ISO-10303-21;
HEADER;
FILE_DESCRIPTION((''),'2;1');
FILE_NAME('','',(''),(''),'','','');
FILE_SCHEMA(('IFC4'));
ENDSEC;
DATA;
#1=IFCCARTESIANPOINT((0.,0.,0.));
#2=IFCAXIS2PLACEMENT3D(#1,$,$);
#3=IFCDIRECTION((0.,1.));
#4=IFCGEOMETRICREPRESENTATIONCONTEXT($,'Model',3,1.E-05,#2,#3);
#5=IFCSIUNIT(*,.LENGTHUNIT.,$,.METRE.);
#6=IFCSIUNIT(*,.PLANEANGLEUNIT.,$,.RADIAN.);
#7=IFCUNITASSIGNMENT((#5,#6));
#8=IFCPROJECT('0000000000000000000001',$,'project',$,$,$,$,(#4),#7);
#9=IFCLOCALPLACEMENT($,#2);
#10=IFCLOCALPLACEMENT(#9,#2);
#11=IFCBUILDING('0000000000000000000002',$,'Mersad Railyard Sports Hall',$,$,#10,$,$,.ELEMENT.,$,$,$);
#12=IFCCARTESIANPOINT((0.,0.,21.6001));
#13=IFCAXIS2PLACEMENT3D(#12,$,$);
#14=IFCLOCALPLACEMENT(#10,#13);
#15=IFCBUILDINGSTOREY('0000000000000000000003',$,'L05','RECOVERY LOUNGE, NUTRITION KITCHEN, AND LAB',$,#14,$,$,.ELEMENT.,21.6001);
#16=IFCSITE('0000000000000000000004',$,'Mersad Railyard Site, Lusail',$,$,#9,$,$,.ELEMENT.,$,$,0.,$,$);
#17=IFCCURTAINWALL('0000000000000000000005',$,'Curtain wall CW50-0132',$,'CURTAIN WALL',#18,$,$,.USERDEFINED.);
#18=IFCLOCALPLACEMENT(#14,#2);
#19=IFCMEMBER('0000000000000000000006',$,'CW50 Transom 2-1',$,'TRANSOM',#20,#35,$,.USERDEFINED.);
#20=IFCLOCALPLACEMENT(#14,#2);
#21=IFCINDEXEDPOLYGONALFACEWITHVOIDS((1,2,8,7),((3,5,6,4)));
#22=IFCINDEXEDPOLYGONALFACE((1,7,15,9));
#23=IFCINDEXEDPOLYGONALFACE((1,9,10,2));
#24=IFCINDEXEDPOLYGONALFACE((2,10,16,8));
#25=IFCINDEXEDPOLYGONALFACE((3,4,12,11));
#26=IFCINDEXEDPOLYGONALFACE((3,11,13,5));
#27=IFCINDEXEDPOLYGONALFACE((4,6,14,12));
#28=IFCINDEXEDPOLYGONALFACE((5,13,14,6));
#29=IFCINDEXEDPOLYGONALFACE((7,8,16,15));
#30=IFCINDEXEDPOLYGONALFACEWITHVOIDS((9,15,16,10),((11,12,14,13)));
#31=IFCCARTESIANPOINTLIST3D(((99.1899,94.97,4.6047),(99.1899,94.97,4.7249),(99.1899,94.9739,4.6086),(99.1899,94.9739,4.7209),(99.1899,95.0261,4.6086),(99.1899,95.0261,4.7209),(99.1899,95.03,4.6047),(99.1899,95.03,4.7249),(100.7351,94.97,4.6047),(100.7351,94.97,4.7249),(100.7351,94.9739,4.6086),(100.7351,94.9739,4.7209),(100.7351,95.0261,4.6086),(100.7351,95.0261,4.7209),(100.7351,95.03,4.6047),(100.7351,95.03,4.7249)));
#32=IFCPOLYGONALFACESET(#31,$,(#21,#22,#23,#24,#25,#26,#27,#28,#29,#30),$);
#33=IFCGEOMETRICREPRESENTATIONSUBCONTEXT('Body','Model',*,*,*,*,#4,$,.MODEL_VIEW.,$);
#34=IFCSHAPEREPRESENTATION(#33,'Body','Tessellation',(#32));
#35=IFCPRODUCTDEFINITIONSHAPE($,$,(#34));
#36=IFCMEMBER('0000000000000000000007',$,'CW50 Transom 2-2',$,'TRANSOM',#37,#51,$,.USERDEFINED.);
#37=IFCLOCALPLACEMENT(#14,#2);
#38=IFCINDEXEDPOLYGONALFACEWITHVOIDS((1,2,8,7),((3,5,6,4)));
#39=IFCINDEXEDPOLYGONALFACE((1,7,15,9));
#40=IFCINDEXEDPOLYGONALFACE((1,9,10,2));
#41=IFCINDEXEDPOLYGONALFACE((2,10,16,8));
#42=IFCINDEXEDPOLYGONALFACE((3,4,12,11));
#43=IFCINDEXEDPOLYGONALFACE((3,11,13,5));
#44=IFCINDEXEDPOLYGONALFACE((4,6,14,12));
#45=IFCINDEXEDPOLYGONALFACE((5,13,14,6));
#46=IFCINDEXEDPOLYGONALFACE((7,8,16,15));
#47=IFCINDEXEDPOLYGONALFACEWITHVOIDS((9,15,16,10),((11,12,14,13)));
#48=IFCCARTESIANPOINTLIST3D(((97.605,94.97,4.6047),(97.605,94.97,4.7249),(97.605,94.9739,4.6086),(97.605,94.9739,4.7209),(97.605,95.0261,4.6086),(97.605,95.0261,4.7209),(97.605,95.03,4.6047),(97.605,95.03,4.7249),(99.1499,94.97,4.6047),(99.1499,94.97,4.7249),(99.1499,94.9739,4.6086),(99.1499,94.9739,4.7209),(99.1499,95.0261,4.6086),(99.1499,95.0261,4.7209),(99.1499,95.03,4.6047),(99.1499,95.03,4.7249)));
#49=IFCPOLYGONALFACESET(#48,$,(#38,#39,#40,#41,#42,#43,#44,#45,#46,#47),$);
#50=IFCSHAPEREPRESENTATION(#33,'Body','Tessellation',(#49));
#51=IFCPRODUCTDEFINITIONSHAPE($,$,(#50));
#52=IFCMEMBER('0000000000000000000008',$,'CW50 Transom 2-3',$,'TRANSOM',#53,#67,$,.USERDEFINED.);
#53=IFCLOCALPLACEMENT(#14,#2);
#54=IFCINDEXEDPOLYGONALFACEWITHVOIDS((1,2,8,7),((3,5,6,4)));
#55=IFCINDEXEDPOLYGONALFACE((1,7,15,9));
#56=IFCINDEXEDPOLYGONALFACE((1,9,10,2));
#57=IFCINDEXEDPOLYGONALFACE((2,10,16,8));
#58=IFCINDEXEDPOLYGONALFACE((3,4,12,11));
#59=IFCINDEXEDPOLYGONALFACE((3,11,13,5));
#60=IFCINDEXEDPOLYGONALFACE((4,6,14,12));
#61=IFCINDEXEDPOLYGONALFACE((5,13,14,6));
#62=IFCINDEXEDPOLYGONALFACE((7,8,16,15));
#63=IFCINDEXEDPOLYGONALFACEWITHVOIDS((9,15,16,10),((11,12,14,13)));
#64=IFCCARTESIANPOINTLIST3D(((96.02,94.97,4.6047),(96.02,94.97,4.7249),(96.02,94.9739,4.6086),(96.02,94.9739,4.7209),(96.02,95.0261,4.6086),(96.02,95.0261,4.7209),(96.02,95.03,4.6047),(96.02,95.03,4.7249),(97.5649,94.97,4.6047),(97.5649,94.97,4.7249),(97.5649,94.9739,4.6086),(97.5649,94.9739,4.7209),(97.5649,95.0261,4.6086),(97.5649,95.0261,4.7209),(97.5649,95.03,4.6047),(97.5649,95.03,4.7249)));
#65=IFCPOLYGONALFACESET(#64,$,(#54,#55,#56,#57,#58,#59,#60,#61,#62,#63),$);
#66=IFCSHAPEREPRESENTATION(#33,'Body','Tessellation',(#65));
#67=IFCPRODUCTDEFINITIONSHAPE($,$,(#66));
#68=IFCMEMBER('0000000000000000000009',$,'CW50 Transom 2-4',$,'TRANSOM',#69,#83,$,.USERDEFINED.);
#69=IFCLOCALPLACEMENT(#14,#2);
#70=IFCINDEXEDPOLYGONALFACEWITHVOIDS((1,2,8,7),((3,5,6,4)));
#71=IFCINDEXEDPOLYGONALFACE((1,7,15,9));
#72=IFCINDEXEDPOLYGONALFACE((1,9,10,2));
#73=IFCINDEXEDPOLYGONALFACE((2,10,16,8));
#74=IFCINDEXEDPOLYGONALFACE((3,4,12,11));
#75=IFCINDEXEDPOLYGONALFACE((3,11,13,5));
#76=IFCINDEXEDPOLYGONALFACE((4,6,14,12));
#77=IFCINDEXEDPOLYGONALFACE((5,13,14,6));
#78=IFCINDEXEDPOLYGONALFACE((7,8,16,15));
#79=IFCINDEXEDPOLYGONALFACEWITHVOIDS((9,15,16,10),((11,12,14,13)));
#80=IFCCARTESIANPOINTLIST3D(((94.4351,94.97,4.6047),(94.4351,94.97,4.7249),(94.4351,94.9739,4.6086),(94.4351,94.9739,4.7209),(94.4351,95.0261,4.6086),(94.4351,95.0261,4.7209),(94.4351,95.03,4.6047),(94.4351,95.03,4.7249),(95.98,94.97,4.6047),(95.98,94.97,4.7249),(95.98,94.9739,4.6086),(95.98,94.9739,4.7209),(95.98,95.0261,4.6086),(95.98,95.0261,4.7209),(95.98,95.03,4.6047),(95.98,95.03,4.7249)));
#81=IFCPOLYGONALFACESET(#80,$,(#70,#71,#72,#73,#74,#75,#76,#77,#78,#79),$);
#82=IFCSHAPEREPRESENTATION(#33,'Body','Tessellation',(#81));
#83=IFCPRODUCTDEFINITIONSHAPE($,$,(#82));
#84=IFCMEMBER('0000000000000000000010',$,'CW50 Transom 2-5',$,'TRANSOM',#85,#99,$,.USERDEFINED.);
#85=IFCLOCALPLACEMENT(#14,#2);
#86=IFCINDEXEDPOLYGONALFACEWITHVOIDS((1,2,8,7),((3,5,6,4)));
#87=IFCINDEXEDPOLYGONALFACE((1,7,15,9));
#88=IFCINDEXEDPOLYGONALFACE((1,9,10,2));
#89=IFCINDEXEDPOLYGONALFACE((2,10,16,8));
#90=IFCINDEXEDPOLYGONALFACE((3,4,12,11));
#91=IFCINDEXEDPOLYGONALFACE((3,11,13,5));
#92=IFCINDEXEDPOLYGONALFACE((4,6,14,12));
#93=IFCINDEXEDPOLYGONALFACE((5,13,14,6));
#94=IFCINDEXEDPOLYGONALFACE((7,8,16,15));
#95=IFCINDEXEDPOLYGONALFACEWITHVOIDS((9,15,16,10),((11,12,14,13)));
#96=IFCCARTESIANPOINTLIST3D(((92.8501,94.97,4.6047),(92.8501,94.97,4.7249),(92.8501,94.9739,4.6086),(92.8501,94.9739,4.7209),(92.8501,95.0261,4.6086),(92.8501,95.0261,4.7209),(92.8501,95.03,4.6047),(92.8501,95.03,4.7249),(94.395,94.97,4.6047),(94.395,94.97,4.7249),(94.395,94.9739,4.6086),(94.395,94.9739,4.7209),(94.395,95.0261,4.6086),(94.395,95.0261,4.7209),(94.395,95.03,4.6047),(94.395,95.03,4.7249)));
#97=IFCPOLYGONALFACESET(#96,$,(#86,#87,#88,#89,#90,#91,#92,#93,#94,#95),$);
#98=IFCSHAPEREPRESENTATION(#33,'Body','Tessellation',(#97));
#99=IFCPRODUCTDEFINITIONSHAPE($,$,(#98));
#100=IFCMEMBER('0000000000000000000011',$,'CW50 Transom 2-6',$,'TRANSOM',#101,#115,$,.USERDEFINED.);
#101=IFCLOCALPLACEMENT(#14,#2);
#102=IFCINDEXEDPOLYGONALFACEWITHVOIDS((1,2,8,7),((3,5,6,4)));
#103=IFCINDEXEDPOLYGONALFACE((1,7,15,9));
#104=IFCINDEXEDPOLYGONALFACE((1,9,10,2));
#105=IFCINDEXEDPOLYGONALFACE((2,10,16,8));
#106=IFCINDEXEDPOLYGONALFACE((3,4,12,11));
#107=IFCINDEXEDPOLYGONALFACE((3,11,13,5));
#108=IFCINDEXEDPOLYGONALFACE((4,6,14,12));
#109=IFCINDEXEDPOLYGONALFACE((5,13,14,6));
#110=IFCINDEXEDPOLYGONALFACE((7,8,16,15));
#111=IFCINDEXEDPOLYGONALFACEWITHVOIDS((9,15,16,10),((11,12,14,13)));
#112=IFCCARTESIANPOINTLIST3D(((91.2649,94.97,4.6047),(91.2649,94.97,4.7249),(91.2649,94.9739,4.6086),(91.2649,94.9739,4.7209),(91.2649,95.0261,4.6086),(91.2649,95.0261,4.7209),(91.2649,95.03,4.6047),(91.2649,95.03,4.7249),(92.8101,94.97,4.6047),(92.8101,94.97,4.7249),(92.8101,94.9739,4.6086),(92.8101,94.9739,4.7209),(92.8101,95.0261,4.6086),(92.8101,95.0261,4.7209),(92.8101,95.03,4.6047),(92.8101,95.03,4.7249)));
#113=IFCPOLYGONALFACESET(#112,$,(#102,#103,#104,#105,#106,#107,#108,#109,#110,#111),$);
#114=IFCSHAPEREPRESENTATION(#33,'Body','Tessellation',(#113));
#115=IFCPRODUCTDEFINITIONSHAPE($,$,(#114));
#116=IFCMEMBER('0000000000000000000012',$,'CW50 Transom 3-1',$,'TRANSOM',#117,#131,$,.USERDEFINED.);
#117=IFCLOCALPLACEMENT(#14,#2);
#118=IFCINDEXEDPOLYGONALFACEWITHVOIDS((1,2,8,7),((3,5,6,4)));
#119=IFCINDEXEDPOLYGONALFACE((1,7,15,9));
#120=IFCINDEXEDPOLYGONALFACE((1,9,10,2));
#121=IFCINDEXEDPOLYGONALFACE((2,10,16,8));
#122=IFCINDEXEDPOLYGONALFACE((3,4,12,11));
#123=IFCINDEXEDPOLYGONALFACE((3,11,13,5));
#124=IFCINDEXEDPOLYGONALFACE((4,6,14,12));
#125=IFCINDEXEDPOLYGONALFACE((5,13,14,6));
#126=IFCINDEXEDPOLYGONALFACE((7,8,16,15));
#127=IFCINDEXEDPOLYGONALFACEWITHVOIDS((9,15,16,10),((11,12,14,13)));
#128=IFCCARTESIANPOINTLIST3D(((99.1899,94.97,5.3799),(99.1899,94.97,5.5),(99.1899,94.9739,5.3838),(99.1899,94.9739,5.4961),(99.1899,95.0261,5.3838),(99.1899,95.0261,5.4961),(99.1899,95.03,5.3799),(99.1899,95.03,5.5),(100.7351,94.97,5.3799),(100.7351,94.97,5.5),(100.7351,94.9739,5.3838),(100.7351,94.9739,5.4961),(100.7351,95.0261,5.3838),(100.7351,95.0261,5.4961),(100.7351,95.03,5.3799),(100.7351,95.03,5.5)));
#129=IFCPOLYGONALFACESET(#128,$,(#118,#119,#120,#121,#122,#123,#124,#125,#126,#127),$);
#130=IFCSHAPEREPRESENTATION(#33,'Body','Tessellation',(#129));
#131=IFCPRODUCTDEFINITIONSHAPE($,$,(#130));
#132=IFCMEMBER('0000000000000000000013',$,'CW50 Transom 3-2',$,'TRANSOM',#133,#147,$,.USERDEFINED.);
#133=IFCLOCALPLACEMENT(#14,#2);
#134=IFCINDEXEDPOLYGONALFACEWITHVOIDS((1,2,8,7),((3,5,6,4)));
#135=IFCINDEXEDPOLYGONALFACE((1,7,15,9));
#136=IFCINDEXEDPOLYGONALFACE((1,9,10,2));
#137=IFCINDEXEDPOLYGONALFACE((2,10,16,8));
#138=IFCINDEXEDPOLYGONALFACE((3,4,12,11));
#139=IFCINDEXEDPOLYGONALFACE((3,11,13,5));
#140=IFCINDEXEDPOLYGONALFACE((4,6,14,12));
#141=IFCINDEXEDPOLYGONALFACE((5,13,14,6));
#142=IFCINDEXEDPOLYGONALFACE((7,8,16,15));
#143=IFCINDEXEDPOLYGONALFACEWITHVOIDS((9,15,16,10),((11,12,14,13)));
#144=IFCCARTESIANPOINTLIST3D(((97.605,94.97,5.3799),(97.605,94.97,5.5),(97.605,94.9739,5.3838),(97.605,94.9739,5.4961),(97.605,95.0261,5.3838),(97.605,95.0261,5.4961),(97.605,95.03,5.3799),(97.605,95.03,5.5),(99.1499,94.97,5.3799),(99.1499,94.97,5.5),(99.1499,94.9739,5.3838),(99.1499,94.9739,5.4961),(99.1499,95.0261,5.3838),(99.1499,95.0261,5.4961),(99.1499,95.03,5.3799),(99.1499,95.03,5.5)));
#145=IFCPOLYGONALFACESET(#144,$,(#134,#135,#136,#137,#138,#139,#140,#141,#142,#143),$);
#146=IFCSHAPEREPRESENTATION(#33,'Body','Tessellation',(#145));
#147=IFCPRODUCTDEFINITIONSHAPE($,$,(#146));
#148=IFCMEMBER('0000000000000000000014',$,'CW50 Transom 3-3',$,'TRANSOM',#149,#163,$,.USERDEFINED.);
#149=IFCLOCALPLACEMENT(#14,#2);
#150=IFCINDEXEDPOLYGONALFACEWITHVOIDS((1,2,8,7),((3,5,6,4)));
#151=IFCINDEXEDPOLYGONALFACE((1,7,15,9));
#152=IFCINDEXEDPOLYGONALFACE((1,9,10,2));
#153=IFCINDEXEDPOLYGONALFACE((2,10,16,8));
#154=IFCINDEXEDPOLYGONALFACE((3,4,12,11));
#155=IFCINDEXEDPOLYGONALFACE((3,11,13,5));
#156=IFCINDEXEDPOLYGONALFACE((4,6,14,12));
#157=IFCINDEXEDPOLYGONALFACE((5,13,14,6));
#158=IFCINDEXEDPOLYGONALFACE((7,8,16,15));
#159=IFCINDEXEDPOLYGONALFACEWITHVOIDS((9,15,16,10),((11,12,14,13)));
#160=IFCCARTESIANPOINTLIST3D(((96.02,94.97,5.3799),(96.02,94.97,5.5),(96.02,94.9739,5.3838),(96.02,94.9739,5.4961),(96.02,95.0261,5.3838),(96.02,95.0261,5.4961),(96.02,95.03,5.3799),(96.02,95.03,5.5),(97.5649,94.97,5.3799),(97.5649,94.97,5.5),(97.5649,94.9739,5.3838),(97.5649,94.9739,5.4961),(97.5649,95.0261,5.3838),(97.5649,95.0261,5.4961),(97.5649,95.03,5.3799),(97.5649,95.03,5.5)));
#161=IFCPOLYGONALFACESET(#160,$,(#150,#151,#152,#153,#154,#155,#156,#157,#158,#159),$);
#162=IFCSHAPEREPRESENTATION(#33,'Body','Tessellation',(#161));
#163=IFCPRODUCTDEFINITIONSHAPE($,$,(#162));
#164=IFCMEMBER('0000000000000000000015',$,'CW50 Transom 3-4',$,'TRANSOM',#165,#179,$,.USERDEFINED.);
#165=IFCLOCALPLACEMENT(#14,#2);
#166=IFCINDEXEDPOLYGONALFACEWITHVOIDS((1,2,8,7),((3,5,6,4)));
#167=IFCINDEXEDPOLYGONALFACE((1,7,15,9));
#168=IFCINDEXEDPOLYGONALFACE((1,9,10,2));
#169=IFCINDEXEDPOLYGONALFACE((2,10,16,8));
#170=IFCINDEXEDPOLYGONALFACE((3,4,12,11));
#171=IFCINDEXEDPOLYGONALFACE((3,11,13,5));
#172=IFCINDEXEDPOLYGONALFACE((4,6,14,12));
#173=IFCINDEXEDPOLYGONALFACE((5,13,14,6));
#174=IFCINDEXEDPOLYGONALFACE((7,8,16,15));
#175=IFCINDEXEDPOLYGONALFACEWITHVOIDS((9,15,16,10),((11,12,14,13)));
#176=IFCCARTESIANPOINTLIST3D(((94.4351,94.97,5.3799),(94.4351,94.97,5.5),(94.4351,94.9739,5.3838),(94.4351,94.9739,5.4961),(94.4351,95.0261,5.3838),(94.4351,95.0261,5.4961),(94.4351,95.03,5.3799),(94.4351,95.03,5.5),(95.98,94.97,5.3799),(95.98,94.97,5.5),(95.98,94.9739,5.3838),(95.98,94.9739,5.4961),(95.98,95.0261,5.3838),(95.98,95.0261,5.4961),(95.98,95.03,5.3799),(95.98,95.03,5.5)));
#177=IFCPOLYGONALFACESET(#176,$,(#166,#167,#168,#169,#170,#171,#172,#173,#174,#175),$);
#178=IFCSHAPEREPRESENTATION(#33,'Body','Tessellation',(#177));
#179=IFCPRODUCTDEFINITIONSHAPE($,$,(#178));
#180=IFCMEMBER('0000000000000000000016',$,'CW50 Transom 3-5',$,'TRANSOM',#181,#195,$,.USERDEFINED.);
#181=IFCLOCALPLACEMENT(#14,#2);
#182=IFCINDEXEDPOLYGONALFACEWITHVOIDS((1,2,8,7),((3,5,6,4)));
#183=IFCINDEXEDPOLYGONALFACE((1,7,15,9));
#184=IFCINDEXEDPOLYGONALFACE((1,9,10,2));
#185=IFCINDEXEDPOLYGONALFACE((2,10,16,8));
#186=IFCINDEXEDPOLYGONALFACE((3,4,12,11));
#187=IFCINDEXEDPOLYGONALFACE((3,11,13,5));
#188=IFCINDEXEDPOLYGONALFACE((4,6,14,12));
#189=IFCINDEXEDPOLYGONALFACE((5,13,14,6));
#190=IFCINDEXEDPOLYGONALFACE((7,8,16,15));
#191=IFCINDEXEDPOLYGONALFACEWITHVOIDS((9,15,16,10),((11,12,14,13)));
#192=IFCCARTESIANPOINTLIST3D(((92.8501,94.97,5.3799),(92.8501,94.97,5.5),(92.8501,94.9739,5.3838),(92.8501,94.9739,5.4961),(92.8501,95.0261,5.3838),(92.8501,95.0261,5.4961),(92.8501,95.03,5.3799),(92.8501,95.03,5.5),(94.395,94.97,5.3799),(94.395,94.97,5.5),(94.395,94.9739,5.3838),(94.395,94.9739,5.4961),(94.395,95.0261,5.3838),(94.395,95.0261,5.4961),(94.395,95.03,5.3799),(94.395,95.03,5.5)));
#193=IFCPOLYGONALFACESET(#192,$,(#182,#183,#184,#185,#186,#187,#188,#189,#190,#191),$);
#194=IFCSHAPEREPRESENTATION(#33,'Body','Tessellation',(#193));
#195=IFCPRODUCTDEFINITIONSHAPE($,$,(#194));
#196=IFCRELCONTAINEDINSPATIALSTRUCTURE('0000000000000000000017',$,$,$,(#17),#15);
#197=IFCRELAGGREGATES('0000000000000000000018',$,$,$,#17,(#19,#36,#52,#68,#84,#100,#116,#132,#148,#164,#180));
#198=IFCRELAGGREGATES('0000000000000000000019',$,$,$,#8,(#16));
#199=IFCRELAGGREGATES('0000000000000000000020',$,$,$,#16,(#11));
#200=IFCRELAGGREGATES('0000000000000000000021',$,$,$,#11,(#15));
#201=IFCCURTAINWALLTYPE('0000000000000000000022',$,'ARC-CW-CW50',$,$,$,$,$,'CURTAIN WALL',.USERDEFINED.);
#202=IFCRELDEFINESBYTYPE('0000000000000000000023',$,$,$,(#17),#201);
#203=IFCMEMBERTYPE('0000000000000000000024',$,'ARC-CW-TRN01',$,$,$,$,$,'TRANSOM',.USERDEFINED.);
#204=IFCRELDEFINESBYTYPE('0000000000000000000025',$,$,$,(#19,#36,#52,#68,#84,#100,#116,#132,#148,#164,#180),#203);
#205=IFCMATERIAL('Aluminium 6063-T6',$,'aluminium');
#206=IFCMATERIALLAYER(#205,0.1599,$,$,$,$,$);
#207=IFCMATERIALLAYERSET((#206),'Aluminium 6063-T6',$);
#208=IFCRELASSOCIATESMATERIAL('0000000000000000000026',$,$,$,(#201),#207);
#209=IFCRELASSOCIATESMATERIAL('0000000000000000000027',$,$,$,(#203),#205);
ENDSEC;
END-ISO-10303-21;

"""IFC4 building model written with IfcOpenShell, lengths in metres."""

from ifc_helpers import new_model, si_unit, direction, frame, origin, origin_2d, place, context, subcontext, project, spatial, hollow_rectangle, extrude, material, layer, layer_set, material_profile, profile_set, type_object, element, aggregate, save


model = new_model("IFC4")

# Units and contexts
model_context = context("Model", 3, precision=1e-05, world=origin(), true_north=direction((0.0, 1.0)))
body_context = subcontext(model_context, "Body", "Model", "MODEL_VIEW")
ifc_project = project(units=[si_unit("LENGTHUNIT", "METRE"), si_unit("PLANEANGLEUNIT", "RADIAN")], contexts=[model_context])

# Site, building, storey
site_placement = place(None, origin())
site = spatial("IfcSite", under=ifc_project, at=site_placement, Name="Mersad Railyard Site, Lusail", CompositionType="ELEMENT", RefElevation=0.0)
building_placement = place(site_placement, origin())
building = spatial("IfcBuilding", under=site, at=building_placement, Name="Mersad Railyard Sports Hall", CompositionType="ELEMENT")
storey_placement = place(building_placement, frame((0.0, 0.0, 21.6001)))
storey = spatial("IfcBuildingStorey", under=building, at=storey_placement, Name="L05", Description="RECOVERY LOUNGE, NUTRITION KITCHEN, AND LAB", CompositionType="ELEMENT", Elevation=21.6001)

# Curtain wall, members
ifc_material_1 = material(Name="Aluminium 6063-T6", Category="aluminium")
ifc_layer_1 = layer(ifc_material_1, 0.1599)
ifc_layer_set_1 = layer_set([ifc_layer_1], Name="Aluminium 6063-T6")
curtain_wall_type = type_object("IfcCurtainWallType", Name="ARC-CW-CW50", ElementType="CURTAIN WALL", PredefinedType="USERDEFINED", material=ifc_layer_set_1)
curtain_wall_placement = place(storey_placement, origin())
curtain_wall = element("IfcCurtainWall", 1, at=curtain_wall_placement, inside=storey, type_object=curtain_wall_type, Name="Curtain wall CW50-0132", ObjectType="CURTAIN WALL", PredefinedType="USERDEFINED")
ifc_material_profile_1 = material_profile(ifc_material_1, hollow_rectangle(XDim=0.0601, YDim=0.1201, WallThickness=0.0039, at=origin_2d()), Name="AL TRANSOM 60x120x4")
ifc_profile_set_1 = profile_set([ifc_material_profile_1], Name="Aluminium 6063-T6")
member_type_1 = type_object("IfcMemberType", Name="ARC-CW-TRN01", ElementType="TRANSOM", PredefinedType="USERDEFINED", material=ifc_profile_set_1)
member_1_placement = place(storey_placement, frame((100.7351, 95.0, 4.6648), z_axis=(-1.0, 0.0, 0.0), x_axis=(0.0, -1.0, 0.0)))
member_1 = element("IfcMember", 2, at=member_1_placement, type_object=member_type_1, Name="CW50 Transom 2-1", ObjectType="TRANSOM", PredefinedType="USERDEFINED", context=body_context, shape_type="SweptSolid", body=[
    extrude(hollow_rectangle(XDim=0.0601, YDim=0.1201, WallThickness=0.0039, at=origin_2d()), origin(), (0.0, 0.0, 1.0), 1.5452),
])
member_2_placement = place(storey_placement, frame((99.1499, 95.0, 4.6648), z_axis=(-1.0, 0.0, 0.0), x_axis=(0.0, -1.0, 0.0)))
member_2 = element("IfcMember", 3, at=member_2_placement, type_object=member_type_1, Name="CW50 Transom 2-2", ObjectType="TRANSOM", PredefinedType="USERDEFINED", context=body_context, shape_type="SweptSolid", body=[
    extrude(hollow_rectangle(XDim=0.0601, YDim=0.1201, WallThickness=0.0039, at=origin_2d()), origin(), (0.0, 0.0, 1.0), 1.5449),
])
member_3_placement = place(storey_placement, frame((97.5649, 95.0, 4.6648), z_axis=(-1.0, 0.0, 0.0), x_axis=(0.0, -1.0, 0.0)))
member_3 = element("IfcMember", 4, at=member_3_placement, type_object=member_type_1, Name="CW50 Transom 2-3", ObjectType="TRANSOM", PredefinedType="USERDEFINED", context=body_context, shape_type="SweptSolid", body=[
    extrude(hollow_rectangle(XDim=0.0601, YDim=0.1201, WallThickness=0.0039, at=origin_2d()), origin(), (0.0, 0.0, 1.0), 1.5449),
])
member_4_placement = place(storey_placement, frame((95.98, 95.0, 4.6648), z_axis=(-1.0, 0.0, 0.0), x_axis=(0.0, -1.0, 0.0)))
member_4 = element("IfcMember", 5, at=member_4_placement, type_object=member_type_1, Name="CW50 Transom 2-4", ObjectType="TRANSOM", PredefinedType="USERDEFINED", context=body_context, shape_type="SweptSolid", body=[
    extrude(hollow_rectangle(XDim=0.0601, YDim=0.1201, WallThickness=0.0039, at=origin_2d()), origin(), (0.0, 0.0, 1.0), 1.5449),
])
member_5_placement = place(storey_placement, frame((94.395, 95.0, 4.6648), z_axis=(-1.0, 0.0, 0.0), x_axis=(0.0, -1.0, 0.0)))
member_5 = element("IfcMember", 6, at=member_5_placement, type_object=member_type_1, Name="CW50 Transom 2-5", ObjectType="TRANSOM", PredefinedType="USERDEFINED", context=body_context, shape_type="SweptSolid", body=[
    extrude(hollow_rectangle(XDim=0.0601, YDim=0.1201, WallThickness=0.0039, at=origin_2d()), origin(), (0.0, 0.0, 1.0), 1.5449),
])
member_6_placement = place(storey_placement, frame((92.8101, 95.0, 4.6648), z_axis=(-1.0, 0.0, 0.0), x_axis=(0.0, -1.0, 0.0)))
member_6 = element("IfcMember", 7, at=member_6_placement, type_object=member_type_1, Name="CW50 Transom 2-6", ObjectType="TRANSOM", PredefinedType="USERDEFINED", context=body_context, shape_type="SweptSolid", body=[
    extrude(hollow_rectangle(XDim=0.0601, YDim=0.1201, WallThickness=0.0039, at=origin_2d()), origin(), (0.0, 0.0, 1.0), 1.5452),
])
member_7_placement = place(storey_placement, frame((100.7351, 95.0, 5.4399), z_axis=(-1.0, 0.0, 0.0), x_axis=(0.0, -1.0, 0.0)))
member_7 = element("IfcMember", 8, at=member_7_placement, type_object=member_type_1, Name="CW50 Transom 3-1", ObjectType="TRANSOM", PredefinedType="USERDEFINED", context=body_context, shape_type="SweptSolid", body=[
    extrude(hollow_rectangle(XDim=0.0601, YDim=0.1201, WallThickness=0.0039, at=origin_2d()), origin(), (0.0, 0.0, 1.0), 1.5452),
])
member_8_placement = place(storey_placement, frame((99.1499, 95.0, 5.4399), z_axis=(-1.0, 0.0, 0.0), x_axis=(0.0, -1.0, 0.0)))
member_8 = element("IfcMember", 9, at=member_8_placement, type_object=member_type_1, Name="CW50 Transom 3-2", ObjectType="TRANSOM", PredefinedType="USERDEFINED", context=body_context, shape_type="SweptSolid", body=[
    extrude(hollow_rectangle(XDim=0.0601, YDim=0.1201, WallThickness=0.0039, at=origin_2d()), origin(), (0.0, 0.0, 1.0), 1.5449),
])
member_9_placement = place(storey_placement, frame((97.5649, 95.0, 5.4399), z_axis=(-1.0, 0.0, 0.0), x_axis=(0.0, -1.0, 0.0)))
member_9 = element("IfcMember", 10, at=member_9_placement, type_object=member_type_1, Name="CW50 Transom 3-3", ObjectType="TRANSOM", PredefinedType="USERDEFINED", context=body_context, shape_type="SweptSolid", body=[
    extrude(hollow_rectangle(XDim=0.0601, YDim=0.1201, WallThickness=0.0039, at=origin_2d()), origin(), (0.0, 0.0, 1.0), 1.5449),
])
member_10_placement = place(storey_placement, frame((95.98, 95.0, 5.4399), z_axis=(-1.0, 0.0, 0.0), x_axis=(0.0, -1.0, 0.0)))
member_10 = element("IfcMember", 11, at=member_10_placement, type_object=member_type_1, Name="CW50 Transom 3-4", ObjectType="TRANSOM", PredefinedType="USERDEFINED", context=body_context, shape_type="SweptSolid", body=[
    extrude(hollow_rectangle(XDim=0.0601, YDim=0.1201, WallThickness=0.0039, at=origin_2d()), origin(), (0.0, 0.0, 1.0), 1.5449),
])
member_11_placement = place(storey_placement, frame((94.395, 95.0, 5.4399), z_axis=(-1.0, 0.0, 0.0), x_axis=(0.0, -1.0, 0.0)))
member_11 = element("IfcMember", 12, at=member_11_placement, type_object=member_type_1, Name="CW50 Transom 3-5", ObjectType="TRANSOM", PredefinedType="USERDEFINED", context=body_context, shape_type="SweptSolid", body=[
    extrude(hollow_rectangle(XDim=0.0601, YDim=0.1201, WallThickness=0.0039, at=origin_2d()), origin(), (0.0, 0.0, 1.0), 1.5449),
])

aggregate(curtain_wall, [member_1, member_2, member_3, member_4, member_5, member_6, member_7, member_8, member_9, member_10, member_11])

save(model, "model.ifc")
